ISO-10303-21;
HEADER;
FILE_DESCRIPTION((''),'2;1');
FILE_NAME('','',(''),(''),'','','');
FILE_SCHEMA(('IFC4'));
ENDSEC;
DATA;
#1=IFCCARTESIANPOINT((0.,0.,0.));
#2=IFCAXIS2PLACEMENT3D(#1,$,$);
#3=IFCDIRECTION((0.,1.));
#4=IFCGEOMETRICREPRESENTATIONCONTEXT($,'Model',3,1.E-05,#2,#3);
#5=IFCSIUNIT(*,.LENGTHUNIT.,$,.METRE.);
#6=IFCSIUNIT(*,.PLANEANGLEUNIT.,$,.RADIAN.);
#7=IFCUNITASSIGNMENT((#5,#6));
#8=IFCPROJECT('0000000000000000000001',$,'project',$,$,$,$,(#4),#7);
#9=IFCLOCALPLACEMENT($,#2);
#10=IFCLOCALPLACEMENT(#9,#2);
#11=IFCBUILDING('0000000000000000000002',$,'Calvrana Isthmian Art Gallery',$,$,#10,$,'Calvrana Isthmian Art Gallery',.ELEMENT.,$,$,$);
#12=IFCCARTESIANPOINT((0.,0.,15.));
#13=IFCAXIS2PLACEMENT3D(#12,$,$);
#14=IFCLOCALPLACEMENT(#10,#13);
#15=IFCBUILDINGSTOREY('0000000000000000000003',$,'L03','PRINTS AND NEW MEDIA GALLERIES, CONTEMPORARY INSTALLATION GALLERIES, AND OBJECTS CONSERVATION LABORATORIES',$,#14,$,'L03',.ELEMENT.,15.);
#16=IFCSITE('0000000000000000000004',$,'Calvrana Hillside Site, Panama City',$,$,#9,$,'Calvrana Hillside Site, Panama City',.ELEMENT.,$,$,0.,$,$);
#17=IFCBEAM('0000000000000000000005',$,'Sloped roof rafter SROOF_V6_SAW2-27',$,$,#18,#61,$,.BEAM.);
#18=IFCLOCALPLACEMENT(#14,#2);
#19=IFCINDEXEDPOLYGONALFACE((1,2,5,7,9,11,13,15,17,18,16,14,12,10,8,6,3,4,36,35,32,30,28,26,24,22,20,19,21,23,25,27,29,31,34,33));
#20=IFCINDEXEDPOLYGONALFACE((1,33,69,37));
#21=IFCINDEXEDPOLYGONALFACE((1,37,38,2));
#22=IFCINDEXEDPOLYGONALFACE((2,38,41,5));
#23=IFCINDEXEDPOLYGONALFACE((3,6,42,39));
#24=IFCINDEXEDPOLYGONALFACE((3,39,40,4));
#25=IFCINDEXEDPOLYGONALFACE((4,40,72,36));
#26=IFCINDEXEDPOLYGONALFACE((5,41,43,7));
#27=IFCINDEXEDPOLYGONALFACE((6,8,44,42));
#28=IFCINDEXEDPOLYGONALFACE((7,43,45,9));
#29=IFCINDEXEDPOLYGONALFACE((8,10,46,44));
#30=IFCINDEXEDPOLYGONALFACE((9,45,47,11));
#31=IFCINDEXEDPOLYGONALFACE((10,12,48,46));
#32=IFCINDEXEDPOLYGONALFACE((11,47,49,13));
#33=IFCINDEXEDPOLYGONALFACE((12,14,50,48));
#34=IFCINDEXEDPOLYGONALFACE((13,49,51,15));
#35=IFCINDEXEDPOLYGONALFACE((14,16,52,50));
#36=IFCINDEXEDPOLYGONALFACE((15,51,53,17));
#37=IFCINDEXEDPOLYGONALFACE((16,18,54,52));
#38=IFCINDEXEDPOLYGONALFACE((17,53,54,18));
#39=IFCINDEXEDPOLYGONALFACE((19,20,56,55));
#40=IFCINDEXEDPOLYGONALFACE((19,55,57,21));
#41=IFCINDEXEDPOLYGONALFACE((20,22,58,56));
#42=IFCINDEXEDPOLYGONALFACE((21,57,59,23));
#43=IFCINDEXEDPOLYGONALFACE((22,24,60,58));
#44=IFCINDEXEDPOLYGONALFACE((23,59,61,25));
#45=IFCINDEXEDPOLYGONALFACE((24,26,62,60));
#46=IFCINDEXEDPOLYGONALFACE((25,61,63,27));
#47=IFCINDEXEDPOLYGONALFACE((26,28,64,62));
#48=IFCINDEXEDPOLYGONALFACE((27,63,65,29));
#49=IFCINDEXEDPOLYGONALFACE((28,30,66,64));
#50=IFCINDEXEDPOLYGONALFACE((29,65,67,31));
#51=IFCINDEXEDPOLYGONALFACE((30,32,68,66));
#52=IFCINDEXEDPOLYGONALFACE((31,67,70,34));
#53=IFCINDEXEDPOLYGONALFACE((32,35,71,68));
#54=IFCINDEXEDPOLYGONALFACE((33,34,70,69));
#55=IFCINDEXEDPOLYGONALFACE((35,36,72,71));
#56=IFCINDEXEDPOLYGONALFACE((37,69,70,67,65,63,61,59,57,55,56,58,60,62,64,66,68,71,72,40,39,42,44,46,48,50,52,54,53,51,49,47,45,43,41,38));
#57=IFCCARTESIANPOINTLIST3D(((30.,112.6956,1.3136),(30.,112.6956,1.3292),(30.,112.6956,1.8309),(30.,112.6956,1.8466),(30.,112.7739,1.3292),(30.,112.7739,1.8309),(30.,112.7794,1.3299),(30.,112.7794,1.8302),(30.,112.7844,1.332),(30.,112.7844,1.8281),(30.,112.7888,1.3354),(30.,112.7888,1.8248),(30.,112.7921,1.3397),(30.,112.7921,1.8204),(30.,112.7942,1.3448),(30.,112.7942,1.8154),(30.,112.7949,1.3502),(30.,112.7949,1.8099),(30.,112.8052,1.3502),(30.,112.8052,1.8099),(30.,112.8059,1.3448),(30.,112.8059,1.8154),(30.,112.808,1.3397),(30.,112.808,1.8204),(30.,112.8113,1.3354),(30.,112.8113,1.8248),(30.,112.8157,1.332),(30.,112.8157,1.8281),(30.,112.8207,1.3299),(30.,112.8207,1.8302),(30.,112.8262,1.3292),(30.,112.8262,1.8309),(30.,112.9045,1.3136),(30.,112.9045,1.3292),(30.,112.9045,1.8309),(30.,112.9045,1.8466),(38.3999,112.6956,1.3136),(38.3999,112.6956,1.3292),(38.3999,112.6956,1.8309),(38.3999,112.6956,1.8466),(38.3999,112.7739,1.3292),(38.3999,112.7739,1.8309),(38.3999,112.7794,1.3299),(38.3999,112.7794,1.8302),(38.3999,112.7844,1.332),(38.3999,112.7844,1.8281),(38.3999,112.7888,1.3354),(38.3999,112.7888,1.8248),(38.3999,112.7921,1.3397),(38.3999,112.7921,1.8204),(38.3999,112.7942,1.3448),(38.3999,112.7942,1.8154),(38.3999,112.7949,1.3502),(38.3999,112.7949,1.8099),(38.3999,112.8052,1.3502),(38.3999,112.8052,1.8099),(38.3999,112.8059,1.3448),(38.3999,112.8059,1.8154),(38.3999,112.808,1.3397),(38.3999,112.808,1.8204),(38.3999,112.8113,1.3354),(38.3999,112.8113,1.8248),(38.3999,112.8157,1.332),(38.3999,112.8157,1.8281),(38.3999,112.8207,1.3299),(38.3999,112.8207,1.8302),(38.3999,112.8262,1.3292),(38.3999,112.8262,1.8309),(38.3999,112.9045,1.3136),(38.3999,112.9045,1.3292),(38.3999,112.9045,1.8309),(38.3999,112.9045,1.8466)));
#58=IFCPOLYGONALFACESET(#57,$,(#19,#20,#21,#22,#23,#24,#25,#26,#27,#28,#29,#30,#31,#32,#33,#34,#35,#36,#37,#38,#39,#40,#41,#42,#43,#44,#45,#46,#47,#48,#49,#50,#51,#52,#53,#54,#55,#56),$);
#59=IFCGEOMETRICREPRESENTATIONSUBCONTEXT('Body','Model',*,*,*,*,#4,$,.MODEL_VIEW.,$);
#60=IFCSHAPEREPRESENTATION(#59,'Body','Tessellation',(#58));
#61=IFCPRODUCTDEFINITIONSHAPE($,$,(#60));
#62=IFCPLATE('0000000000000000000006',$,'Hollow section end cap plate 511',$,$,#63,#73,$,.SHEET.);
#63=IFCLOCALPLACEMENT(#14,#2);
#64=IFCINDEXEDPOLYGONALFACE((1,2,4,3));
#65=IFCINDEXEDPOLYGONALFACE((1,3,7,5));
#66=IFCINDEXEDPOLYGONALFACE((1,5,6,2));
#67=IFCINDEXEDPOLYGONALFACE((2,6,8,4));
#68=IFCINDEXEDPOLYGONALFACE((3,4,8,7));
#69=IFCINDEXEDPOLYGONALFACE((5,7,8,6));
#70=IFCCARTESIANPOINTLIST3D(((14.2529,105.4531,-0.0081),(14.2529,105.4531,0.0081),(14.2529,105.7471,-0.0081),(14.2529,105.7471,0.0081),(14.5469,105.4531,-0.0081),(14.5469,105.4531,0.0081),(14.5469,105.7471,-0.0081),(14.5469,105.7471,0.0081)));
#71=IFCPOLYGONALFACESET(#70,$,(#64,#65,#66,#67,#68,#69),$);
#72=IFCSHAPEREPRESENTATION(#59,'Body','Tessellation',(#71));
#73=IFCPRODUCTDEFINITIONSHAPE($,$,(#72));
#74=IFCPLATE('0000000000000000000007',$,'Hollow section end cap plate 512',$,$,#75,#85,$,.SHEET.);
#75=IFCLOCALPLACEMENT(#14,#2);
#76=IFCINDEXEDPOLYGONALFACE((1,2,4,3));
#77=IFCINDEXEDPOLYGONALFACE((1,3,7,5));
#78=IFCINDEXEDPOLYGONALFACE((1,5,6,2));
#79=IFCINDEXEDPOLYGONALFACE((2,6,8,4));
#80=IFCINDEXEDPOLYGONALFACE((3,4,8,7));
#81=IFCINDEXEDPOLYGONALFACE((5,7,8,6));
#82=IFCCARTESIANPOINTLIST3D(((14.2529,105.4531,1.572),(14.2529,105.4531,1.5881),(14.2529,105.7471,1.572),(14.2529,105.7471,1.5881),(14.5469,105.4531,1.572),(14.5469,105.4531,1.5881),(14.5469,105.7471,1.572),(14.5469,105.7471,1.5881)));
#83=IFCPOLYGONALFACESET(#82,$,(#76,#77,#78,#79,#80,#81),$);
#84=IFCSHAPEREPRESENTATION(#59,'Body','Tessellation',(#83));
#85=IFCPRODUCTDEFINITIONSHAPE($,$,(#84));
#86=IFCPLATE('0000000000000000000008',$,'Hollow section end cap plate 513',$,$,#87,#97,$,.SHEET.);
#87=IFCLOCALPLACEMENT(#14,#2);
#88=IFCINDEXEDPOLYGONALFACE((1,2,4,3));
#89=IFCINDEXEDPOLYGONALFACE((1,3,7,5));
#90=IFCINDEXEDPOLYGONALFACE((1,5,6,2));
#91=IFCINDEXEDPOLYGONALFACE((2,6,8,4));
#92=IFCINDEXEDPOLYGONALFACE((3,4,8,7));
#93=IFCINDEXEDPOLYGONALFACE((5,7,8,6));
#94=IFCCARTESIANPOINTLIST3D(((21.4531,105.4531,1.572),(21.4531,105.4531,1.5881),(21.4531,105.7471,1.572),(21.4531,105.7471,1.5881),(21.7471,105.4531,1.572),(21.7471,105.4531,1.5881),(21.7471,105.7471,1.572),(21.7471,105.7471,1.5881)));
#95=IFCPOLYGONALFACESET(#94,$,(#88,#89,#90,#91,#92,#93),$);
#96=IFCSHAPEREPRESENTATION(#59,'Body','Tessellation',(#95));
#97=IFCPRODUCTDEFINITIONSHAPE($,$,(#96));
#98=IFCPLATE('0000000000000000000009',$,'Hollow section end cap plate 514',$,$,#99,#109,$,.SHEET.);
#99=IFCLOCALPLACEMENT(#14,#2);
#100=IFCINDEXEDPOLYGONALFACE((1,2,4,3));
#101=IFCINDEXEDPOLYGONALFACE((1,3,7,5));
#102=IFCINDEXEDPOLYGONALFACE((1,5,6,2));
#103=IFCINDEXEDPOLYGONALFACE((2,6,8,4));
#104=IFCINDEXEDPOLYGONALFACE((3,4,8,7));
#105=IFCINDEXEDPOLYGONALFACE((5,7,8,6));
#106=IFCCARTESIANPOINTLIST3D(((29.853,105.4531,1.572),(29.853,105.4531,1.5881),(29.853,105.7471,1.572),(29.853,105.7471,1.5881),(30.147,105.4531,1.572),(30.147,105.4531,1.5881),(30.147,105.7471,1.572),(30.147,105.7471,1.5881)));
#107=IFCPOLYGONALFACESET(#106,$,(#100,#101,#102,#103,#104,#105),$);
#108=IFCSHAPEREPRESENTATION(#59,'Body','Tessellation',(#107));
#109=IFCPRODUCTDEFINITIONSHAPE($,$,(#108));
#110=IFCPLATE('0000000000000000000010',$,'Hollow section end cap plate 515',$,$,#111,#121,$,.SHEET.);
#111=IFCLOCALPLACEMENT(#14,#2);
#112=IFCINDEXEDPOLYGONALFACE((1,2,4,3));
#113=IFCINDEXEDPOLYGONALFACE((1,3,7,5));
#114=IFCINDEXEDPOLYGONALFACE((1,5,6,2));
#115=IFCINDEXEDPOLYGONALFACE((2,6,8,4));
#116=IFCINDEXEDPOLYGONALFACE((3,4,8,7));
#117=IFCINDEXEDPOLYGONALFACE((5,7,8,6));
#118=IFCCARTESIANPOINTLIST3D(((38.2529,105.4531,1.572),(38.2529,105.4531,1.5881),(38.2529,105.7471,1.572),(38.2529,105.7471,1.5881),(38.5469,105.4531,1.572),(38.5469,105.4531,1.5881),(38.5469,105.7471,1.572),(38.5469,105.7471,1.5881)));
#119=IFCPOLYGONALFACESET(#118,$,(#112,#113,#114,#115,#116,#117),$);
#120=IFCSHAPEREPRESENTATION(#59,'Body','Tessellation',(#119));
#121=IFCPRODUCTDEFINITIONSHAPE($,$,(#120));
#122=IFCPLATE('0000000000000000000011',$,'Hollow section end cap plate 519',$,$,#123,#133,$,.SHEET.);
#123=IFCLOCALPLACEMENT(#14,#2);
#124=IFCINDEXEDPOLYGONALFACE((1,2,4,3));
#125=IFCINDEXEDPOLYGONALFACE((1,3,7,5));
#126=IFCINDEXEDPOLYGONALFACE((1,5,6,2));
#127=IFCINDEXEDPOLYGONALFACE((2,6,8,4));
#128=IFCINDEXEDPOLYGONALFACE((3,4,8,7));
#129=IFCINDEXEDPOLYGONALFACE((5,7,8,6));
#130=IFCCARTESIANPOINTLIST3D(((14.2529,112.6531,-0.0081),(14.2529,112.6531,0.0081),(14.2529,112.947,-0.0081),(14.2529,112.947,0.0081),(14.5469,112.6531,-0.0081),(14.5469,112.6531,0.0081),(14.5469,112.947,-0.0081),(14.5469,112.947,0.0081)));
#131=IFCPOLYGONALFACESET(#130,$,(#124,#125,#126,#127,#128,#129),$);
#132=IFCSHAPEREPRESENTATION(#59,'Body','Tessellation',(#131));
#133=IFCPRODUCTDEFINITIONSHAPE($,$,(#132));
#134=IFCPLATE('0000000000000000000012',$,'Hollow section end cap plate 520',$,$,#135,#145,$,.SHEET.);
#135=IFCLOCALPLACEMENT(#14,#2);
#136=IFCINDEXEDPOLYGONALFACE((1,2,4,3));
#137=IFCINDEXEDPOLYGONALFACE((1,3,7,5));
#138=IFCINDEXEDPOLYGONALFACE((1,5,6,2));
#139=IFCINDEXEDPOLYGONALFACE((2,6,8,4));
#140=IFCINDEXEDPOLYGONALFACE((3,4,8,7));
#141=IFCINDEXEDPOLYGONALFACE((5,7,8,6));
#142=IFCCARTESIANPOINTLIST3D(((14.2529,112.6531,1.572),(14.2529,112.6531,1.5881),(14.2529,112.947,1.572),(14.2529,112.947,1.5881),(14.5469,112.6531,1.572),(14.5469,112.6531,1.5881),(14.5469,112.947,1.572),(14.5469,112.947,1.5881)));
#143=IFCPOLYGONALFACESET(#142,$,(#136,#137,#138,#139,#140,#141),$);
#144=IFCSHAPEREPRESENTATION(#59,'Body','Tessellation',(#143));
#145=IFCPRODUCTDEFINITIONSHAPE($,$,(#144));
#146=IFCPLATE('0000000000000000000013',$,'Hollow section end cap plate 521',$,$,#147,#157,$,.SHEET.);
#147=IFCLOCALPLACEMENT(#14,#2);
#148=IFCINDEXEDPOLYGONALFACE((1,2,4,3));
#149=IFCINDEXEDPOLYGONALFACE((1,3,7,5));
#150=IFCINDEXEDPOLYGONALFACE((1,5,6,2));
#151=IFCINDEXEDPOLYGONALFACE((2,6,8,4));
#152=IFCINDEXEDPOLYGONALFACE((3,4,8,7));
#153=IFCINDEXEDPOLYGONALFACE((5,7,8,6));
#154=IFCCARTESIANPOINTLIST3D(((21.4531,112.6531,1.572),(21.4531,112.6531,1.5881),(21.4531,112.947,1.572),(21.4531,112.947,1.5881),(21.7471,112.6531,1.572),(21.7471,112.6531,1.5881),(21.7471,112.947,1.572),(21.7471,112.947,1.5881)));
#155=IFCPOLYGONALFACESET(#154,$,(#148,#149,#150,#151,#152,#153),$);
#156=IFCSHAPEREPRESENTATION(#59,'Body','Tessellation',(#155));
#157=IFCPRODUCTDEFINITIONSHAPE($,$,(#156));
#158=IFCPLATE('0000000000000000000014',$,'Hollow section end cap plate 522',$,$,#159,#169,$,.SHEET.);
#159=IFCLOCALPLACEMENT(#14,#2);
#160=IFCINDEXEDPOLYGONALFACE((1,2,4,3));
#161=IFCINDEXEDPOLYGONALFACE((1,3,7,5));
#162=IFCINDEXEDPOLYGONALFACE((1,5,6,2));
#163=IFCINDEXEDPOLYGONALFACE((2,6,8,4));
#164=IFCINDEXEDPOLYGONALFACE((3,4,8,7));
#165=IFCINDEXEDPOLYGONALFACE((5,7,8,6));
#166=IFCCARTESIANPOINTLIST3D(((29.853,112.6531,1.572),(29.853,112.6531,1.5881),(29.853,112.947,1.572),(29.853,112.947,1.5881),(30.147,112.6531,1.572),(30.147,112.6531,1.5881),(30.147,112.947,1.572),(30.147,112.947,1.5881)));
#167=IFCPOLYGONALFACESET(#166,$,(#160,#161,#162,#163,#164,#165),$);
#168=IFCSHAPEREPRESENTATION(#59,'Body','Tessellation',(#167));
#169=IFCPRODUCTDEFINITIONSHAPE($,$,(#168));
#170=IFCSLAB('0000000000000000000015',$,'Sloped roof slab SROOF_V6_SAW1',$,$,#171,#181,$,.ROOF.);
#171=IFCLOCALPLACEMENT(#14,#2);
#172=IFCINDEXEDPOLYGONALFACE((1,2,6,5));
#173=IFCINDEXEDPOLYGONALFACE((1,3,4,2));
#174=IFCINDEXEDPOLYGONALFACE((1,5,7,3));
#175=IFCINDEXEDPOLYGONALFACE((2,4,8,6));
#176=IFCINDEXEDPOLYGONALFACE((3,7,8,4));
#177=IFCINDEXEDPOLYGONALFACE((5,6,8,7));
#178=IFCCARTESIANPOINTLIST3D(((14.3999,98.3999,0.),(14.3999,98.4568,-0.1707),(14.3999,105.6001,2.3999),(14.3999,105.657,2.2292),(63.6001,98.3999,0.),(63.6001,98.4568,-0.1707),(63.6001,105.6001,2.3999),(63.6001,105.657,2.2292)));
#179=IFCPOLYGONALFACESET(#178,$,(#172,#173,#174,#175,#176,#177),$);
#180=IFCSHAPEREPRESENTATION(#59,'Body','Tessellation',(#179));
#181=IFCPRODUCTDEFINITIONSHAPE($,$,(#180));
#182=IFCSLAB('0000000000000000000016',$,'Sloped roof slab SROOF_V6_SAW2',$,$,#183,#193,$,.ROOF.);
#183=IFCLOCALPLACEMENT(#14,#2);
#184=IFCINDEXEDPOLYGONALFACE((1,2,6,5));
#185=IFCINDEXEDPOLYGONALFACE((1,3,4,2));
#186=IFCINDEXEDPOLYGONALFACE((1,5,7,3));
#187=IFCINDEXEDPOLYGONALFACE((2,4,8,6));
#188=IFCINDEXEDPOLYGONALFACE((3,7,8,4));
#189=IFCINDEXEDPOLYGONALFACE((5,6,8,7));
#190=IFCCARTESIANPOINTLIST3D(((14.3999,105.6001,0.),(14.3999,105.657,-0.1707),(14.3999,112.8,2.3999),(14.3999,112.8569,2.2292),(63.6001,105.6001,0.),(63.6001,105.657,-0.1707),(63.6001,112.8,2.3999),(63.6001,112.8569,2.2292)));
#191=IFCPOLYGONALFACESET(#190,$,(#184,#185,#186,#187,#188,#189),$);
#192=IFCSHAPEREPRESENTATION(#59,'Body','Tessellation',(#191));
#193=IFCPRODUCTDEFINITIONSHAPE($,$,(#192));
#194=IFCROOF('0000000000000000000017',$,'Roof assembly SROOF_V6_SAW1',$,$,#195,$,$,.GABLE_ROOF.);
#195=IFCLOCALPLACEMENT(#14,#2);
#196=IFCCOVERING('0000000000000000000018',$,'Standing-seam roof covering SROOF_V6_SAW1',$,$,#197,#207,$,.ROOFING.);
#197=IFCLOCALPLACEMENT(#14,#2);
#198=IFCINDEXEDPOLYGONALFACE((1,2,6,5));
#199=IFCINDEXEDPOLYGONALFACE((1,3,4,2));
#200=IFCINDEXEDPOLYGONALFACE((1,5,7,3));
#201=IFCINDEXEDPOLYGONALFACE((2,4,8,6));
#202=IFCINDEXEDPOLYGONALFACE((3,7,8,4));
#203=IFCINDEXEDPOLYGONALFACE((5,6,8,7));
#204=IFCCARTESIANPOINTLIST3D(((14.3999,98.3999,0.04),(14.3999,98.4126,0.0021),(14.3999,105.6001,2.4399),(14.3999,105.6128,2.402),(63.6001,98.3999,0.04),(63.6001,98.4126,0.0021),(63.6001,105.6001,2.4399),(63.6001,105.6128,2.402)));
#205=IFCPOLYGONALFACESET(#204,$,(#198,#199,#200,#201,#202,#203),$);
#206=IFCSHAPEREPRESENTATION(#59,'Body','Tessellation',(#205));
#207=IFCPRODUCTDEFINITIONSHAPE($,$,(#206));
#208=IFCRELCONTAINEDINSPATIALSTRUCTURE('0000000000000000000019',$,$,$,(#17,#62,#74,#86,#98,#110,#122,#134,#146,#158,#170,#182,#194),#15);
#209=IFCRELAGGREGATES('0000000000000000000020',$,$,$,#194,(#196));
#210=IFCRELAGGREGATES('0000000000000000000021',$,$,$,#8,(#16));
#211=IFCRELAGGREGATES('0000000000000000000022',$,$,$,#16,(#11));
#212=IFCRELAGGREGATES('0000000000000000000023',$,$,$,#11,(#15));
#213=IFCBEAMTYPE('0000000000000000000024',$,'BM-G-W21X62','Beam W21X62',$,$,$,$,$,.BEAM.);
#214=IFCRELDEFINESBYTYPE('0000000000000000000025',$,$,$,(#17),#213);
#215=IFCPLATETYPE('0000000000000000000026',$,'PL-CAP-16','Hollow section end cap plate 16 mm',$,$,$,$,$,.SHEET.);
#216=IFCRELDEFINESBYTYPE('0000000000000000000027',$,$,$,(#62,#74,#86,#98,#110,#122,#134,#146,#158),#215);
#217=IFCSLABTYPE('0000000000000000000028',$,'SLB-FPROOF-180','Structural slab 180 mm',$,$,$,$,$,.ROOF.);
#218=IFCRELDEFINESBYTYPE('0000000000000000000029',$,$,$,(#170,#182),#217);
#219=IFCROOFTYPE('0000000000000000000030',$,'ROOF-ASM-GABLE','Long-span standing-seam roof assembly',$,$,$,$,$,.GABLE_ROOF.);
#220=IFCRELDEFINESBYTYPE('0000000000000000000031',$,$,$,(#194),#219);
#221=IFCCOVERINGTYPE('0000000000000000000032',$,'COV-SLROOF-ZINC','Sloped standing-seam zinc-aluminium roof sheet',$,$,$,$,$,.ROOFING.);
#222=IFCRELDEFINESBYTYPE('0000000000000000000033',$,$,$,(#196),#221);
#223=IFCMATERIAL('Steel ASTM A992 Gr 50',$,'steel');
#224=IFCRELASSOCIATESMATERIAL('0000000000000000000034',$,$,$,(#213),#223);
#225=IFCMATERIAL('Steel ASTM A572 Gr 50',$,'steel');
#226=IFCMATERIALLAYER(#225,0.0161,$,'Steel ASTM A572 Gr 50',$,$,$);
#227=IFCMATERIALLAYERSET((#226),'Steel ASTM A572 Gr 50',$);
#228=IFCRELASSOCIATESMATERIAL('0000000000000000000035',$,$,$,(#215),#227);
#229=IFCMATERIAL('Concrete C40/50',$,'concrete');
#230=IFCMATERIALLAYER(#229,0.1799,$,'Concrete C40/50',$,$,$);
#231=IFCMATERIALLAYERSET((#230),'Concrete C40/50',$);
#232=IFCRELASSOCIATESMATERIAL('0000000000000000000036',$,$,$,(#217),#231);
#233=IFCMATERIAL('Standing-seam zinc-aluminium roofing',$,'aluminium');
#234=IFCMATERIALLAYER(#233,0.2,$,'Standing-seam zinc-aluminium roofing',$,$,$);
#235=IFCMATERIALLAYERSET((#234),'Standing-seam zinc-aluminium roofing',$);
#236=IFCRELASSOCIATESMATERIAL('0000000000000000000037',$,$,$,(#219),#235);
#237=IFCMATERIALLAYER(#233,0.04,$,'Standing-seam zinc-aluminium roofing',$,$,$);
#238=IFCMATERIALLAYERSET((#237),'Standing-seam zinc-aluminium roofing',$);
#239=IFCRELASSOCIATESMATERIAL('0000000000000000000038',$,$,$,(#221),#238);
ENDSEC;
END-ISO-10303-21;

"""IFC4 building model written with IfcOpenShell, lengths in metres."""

from ifc_helpers import new_model, si_unit, direction, frame, origin, origin_2d, place, context, subcontext, project, spatial, polyline, rectangle, i_section, outline, extrude, material, layer, layer_set, material_profile, profile_set, type_object, element, aggregate, save


model = new_model("IFC4")

# Units and contexts
model_context = context("Model", 3, precision=1e-05, world=origin(), true_north=direction((0.0, 1.0)))
body_context = subcontext(model_context, "Body", "Model", "MODEL_VIEW")
ifc_project = project(units=[si_unit("LENGTHUNIT", "METRE"), si_unit("PLANEANGLEUNIT", "RADIAN")], contexts=[model_context])

# Site, building, storey
site_placement = place(None, origin())
site = spatial("IfcSite", under=ifc_project, at=site_placement, Name="Calvrana Hillside Site, Panama City", LongName="Calvrana Hillside Site, Panama City", CompositionType="ELEMENT", RefElevation=0.0)
building_placement = place(site_placement, origin())
building = spatial("IfcBuilding", under=site, at=building_placement, Name="Calvrana Isthmian Art Gallery", LongName="Calvrana Isthmian Art Gallery", CompositionType="ELEMENT")
storey_placement = place(building_placement, frame((0.0, 0.0, 15.0)))
storey = spatial("IfcBuildingStorey", under=building, at=storey_placement, Name="L03", Description="PRINTS AND NEW MEDIA GALLERIES, CONTEMPORARY INSTALLATION GALLERIES, AND OBJECTS CONSERVATION LABORATORIES", LongName="L03", CompositionType="ELEMENT", Elevation=15.0)

# Beam
ifc_material_1 = material(Name="Steel ASTM A992 Gr 50", Category="steel")
ifc_material_profile_1 = material_profile(ifc_material_1, i_section(OverallWidth=0.209, OverallDepth=0.533, WebThickness=0.0103, FlangeThickness=0.0156, FilletRadius=0.021, at=origin_2d()), Name="W21X62")
ifc_profile_set_1 = profile_set([ifc_material_profile_1], Name="Steel ASTM A992 Gr 50")
beam_type = type_object("IfcBeamType", Name="BM-G-W21X62", Description="Beam W21X62", PredefinedType="BEAM", material=ifc_profile_set_1)
for number, where, z_axis, x_axis, name in (
    (1, (30.0, 112.8, 1.5801), (1.0, 0.0, 0.0), (0.0, 1.0, 0.0), "Sloped roof rafter SROOF_V6_SAW2-27"),
):
    element("IfcBeam", number, at=place(storey_placement, frame(where, z_axis=z_axis, x_axis=x_axis)), inside=storey, type_object=beam_type, Name=name, PredefinedType="BEAM", context=body_context, shape_type="SweptSolid", body=[
        extrude(i_section(OverallWidth=0.209, OverallDepth=0.533, WebThickness=0.0103, FlangeThickness=0.0156, FilletRadius=0.021, at=origin_2d()), origin(), (0.0, 0.0, 1.0), 8.3999),
    ])

# Plates
ifc_material_2 = material(Name="Steel ASTM A572 Gr 50", Category="steel")
ifc_layer_1 = layer(ifc_material_2, 0.0161, Name="Steel ASTM A572 Gr 50")
ifc_layer_set_1 = layer_set([ifc_layer_1], Name="Steel ASTM A572 Gr 50")
plate_type = type_object("IfcPlateType", Name="PL-CAP-16", Description="Hollow section end cap plate 16 mm", PredefinedType="SHEET", material=ifc_layer_set_1)
for number, where, z_axis, x_axis, name in (
    (2, (14.3999, 105.6001, -0.0081), (0.0, 0.0, 1.0), (1.0, 0.0, 0.0), "Hollow section end cap plate 511"),
    (3, (14.3999, 105.6001, 1.572), (0.0, 0.0, 1.0), (1.0, 0.0, 0.0), "Hollow section end cap plate 512"),
    (4, (21.6001, 105.6001, 1.572), (0.0, 0.0, 1.0), (1.0, 0.0, 0.0), "Hollow section end cap plate 513"),
    (5, (30.0, 105.6001, 1.572), (0.0, 0.0, 1.0), (1.0, 0.0, 0.0), "Hollow section end cap plate 514"),
    (6, (38.3999, 105.6001, 1.572), (0.0, 0.0, 1.0), (1.0, 0.0, 0.0), "Hollow section end cap plate 515"),
    (7, (14.3999, 112.8, -0.0081), (0.0, 0.0, 1.0), (1.0, 0.0, 0.0), "Hollow section end cap plate 519"),
    (8, (14.3999, 112.8, 1.572), (0.0, 0.0, 1.0), (1.0, 0.0, 0.0), "Hollow section end cap plate 520"),
    (9, (21.6001, 112.8, 1.572), (0.0, 0.0, 1.0), (1.0, 0.0, 0.0), "Hollow section end cap plate 521"),
    (10, (30.0, 112.8, 1.572), (0.0, 0.0, 1.0), (1.0, 0.0, 0.0), "Hollow section end cap plate 522"),
):
    element("IfcPlate", number, at=place(storey_placement, frame(where, z_axis=z_axis, x_axis=x_axis)), inside=storey, type_object=plate_type, Name=name, PredefinedType="SHEET", context=body_context, shape_type="SweptSolid", body=[
        extrude(rectangle(XDim=0.2939, YDim=0.2939, at=origin_2d()), origin(), (0.0, 0.0, 1.0), 0.0161),
    ])

# Slabs
ifc_material_3 = material(Name="Concrete C40/50", Category="concrete")
ifc_layer_2 = layer(ifc_material_3, 0.1799, Name="Concrete C40/50")
ifc_layer_set_2 = layer_set([ifc_layer_2], Name="Concrete C40/50")
slab_type = type_object("IfcSlabType", Name="SLB-FPROOF-180", Description="Structural slab 180 mm", PredefinedType="ROOF", material=ifc_layer_set_2)
slab_1_placement = place(storey_placement, frame((14.3999, 98.3999, 0.0), z_axis=(0.0, -0.316208, 0.94869), x_axis=(1.0, 0.0, 0.0)))
element("IfcSlab", 11, at=slab_1_placement, inside=storey, type_object=slab_type, Name="Sloped roof slab SROOF_V6_SAW1", PredefinedType="ROOF", context=body_context, shape_type="SweptSolid", body=[
    extrude(outline(polyline([(0.0, 0.0), (49.2002, 0.0), (49.2002, 7.5896), (0.0, 7.5896), (0.0, 0.0)])), origin(), (0.0, 0.0, -1.0), 0.1799),
])
slab_2_placement = place(storey_placement, frame((14.3999, 105.6001, 0.0), z_axis=(0.0, -0.316218, 0.948687), x_axis=(1.0, 0.0, 0.0)))
element("IfcSlab", 12, at=slab_2_placement, inside=storey, type_object=slab_type, Name="Sloped roof slab SROOF_V6_SAW2", PredefinedType="ROOF", context=body_context, shape_type="SweptSolid", body=[
    extrude(outline(polyline([(0.0, 0.0), (49.2002, 0.0), (49.2002, 7.5894), (0.0, 7.5894), (0.0, 0.0)])), origin(), (0.0, 0.0, -1.0), 0.1799),
])

# Roof, covering
ifc_material_4 = material(Name="Standing-seam zinc-aluminium roofing", Category="aluminium")
ifc_layer_3 = layer(ifc_material_4, 0.2, Name="Standing-seam zinc-aluminium roofing")
ifc_layer_set_3 = layer_set([ifc_layer_3], Name="Standing-seam zinc-aluminium roofing")
roof_type = type_object("IfcRoofType", Name="ROOF-ASM-GABLE", Description="Long-span standing-seam roof assembly", PredefinedType="GABLE_ROOF", material=ifc_layer_set_3)
roof_1_placement = place(storey_placement, origin())
roof_1 = element("IfcRoof", 13, at=roof_1_placement, inside=storey, type_object=roof_type, Name="Roof assembly SROOF_V6_SAW1", PredefinedType="GABLE_ROOF")
ifc_layer_4 = layer(ifc_material_4, 0.04, Name="Standing-seam zinc-aluminium roofing")
ifc_layer_set_4 = layer_set([ifc_layer_4], Name="Standing-seam zinc-aluminium roofing")
covering_type = type_object("IfcCoveringType", Name="COV-SLROOF-ZINC", Description="Sloped standing-seam zinc-aluminium roof sheet", PredefinedType="ROOFING", material=ifc_layer_set_4)
covering_1_placement = place(storey_placement, frame((14.3999, 98.3999, 0.04), z_axis=(0.0, -0.316208, 0.94869), x_axis=(1.0, 0.0, 0.0)))
covering_1 = element("IfcCovering", 14, at=covering_1_placement, type_object=covering_type, Name="Standing-seam roof covering SROOF_V6_SAW1", PredefinedType="ROOFING", context=body_context, shape_type="SweptSolid", body=[
    extrude(outline(polyline([(0.0, 0.0), (49.2002, 0.0), (49.2002, 7.5896), (0.0, 7.5896), (0.0, 0.0)])), origin(), (0.0, 0.0, -1.0), 0.04),
])
aggregate(roof_1, [covering_1])

save(model, "model.ifc")
